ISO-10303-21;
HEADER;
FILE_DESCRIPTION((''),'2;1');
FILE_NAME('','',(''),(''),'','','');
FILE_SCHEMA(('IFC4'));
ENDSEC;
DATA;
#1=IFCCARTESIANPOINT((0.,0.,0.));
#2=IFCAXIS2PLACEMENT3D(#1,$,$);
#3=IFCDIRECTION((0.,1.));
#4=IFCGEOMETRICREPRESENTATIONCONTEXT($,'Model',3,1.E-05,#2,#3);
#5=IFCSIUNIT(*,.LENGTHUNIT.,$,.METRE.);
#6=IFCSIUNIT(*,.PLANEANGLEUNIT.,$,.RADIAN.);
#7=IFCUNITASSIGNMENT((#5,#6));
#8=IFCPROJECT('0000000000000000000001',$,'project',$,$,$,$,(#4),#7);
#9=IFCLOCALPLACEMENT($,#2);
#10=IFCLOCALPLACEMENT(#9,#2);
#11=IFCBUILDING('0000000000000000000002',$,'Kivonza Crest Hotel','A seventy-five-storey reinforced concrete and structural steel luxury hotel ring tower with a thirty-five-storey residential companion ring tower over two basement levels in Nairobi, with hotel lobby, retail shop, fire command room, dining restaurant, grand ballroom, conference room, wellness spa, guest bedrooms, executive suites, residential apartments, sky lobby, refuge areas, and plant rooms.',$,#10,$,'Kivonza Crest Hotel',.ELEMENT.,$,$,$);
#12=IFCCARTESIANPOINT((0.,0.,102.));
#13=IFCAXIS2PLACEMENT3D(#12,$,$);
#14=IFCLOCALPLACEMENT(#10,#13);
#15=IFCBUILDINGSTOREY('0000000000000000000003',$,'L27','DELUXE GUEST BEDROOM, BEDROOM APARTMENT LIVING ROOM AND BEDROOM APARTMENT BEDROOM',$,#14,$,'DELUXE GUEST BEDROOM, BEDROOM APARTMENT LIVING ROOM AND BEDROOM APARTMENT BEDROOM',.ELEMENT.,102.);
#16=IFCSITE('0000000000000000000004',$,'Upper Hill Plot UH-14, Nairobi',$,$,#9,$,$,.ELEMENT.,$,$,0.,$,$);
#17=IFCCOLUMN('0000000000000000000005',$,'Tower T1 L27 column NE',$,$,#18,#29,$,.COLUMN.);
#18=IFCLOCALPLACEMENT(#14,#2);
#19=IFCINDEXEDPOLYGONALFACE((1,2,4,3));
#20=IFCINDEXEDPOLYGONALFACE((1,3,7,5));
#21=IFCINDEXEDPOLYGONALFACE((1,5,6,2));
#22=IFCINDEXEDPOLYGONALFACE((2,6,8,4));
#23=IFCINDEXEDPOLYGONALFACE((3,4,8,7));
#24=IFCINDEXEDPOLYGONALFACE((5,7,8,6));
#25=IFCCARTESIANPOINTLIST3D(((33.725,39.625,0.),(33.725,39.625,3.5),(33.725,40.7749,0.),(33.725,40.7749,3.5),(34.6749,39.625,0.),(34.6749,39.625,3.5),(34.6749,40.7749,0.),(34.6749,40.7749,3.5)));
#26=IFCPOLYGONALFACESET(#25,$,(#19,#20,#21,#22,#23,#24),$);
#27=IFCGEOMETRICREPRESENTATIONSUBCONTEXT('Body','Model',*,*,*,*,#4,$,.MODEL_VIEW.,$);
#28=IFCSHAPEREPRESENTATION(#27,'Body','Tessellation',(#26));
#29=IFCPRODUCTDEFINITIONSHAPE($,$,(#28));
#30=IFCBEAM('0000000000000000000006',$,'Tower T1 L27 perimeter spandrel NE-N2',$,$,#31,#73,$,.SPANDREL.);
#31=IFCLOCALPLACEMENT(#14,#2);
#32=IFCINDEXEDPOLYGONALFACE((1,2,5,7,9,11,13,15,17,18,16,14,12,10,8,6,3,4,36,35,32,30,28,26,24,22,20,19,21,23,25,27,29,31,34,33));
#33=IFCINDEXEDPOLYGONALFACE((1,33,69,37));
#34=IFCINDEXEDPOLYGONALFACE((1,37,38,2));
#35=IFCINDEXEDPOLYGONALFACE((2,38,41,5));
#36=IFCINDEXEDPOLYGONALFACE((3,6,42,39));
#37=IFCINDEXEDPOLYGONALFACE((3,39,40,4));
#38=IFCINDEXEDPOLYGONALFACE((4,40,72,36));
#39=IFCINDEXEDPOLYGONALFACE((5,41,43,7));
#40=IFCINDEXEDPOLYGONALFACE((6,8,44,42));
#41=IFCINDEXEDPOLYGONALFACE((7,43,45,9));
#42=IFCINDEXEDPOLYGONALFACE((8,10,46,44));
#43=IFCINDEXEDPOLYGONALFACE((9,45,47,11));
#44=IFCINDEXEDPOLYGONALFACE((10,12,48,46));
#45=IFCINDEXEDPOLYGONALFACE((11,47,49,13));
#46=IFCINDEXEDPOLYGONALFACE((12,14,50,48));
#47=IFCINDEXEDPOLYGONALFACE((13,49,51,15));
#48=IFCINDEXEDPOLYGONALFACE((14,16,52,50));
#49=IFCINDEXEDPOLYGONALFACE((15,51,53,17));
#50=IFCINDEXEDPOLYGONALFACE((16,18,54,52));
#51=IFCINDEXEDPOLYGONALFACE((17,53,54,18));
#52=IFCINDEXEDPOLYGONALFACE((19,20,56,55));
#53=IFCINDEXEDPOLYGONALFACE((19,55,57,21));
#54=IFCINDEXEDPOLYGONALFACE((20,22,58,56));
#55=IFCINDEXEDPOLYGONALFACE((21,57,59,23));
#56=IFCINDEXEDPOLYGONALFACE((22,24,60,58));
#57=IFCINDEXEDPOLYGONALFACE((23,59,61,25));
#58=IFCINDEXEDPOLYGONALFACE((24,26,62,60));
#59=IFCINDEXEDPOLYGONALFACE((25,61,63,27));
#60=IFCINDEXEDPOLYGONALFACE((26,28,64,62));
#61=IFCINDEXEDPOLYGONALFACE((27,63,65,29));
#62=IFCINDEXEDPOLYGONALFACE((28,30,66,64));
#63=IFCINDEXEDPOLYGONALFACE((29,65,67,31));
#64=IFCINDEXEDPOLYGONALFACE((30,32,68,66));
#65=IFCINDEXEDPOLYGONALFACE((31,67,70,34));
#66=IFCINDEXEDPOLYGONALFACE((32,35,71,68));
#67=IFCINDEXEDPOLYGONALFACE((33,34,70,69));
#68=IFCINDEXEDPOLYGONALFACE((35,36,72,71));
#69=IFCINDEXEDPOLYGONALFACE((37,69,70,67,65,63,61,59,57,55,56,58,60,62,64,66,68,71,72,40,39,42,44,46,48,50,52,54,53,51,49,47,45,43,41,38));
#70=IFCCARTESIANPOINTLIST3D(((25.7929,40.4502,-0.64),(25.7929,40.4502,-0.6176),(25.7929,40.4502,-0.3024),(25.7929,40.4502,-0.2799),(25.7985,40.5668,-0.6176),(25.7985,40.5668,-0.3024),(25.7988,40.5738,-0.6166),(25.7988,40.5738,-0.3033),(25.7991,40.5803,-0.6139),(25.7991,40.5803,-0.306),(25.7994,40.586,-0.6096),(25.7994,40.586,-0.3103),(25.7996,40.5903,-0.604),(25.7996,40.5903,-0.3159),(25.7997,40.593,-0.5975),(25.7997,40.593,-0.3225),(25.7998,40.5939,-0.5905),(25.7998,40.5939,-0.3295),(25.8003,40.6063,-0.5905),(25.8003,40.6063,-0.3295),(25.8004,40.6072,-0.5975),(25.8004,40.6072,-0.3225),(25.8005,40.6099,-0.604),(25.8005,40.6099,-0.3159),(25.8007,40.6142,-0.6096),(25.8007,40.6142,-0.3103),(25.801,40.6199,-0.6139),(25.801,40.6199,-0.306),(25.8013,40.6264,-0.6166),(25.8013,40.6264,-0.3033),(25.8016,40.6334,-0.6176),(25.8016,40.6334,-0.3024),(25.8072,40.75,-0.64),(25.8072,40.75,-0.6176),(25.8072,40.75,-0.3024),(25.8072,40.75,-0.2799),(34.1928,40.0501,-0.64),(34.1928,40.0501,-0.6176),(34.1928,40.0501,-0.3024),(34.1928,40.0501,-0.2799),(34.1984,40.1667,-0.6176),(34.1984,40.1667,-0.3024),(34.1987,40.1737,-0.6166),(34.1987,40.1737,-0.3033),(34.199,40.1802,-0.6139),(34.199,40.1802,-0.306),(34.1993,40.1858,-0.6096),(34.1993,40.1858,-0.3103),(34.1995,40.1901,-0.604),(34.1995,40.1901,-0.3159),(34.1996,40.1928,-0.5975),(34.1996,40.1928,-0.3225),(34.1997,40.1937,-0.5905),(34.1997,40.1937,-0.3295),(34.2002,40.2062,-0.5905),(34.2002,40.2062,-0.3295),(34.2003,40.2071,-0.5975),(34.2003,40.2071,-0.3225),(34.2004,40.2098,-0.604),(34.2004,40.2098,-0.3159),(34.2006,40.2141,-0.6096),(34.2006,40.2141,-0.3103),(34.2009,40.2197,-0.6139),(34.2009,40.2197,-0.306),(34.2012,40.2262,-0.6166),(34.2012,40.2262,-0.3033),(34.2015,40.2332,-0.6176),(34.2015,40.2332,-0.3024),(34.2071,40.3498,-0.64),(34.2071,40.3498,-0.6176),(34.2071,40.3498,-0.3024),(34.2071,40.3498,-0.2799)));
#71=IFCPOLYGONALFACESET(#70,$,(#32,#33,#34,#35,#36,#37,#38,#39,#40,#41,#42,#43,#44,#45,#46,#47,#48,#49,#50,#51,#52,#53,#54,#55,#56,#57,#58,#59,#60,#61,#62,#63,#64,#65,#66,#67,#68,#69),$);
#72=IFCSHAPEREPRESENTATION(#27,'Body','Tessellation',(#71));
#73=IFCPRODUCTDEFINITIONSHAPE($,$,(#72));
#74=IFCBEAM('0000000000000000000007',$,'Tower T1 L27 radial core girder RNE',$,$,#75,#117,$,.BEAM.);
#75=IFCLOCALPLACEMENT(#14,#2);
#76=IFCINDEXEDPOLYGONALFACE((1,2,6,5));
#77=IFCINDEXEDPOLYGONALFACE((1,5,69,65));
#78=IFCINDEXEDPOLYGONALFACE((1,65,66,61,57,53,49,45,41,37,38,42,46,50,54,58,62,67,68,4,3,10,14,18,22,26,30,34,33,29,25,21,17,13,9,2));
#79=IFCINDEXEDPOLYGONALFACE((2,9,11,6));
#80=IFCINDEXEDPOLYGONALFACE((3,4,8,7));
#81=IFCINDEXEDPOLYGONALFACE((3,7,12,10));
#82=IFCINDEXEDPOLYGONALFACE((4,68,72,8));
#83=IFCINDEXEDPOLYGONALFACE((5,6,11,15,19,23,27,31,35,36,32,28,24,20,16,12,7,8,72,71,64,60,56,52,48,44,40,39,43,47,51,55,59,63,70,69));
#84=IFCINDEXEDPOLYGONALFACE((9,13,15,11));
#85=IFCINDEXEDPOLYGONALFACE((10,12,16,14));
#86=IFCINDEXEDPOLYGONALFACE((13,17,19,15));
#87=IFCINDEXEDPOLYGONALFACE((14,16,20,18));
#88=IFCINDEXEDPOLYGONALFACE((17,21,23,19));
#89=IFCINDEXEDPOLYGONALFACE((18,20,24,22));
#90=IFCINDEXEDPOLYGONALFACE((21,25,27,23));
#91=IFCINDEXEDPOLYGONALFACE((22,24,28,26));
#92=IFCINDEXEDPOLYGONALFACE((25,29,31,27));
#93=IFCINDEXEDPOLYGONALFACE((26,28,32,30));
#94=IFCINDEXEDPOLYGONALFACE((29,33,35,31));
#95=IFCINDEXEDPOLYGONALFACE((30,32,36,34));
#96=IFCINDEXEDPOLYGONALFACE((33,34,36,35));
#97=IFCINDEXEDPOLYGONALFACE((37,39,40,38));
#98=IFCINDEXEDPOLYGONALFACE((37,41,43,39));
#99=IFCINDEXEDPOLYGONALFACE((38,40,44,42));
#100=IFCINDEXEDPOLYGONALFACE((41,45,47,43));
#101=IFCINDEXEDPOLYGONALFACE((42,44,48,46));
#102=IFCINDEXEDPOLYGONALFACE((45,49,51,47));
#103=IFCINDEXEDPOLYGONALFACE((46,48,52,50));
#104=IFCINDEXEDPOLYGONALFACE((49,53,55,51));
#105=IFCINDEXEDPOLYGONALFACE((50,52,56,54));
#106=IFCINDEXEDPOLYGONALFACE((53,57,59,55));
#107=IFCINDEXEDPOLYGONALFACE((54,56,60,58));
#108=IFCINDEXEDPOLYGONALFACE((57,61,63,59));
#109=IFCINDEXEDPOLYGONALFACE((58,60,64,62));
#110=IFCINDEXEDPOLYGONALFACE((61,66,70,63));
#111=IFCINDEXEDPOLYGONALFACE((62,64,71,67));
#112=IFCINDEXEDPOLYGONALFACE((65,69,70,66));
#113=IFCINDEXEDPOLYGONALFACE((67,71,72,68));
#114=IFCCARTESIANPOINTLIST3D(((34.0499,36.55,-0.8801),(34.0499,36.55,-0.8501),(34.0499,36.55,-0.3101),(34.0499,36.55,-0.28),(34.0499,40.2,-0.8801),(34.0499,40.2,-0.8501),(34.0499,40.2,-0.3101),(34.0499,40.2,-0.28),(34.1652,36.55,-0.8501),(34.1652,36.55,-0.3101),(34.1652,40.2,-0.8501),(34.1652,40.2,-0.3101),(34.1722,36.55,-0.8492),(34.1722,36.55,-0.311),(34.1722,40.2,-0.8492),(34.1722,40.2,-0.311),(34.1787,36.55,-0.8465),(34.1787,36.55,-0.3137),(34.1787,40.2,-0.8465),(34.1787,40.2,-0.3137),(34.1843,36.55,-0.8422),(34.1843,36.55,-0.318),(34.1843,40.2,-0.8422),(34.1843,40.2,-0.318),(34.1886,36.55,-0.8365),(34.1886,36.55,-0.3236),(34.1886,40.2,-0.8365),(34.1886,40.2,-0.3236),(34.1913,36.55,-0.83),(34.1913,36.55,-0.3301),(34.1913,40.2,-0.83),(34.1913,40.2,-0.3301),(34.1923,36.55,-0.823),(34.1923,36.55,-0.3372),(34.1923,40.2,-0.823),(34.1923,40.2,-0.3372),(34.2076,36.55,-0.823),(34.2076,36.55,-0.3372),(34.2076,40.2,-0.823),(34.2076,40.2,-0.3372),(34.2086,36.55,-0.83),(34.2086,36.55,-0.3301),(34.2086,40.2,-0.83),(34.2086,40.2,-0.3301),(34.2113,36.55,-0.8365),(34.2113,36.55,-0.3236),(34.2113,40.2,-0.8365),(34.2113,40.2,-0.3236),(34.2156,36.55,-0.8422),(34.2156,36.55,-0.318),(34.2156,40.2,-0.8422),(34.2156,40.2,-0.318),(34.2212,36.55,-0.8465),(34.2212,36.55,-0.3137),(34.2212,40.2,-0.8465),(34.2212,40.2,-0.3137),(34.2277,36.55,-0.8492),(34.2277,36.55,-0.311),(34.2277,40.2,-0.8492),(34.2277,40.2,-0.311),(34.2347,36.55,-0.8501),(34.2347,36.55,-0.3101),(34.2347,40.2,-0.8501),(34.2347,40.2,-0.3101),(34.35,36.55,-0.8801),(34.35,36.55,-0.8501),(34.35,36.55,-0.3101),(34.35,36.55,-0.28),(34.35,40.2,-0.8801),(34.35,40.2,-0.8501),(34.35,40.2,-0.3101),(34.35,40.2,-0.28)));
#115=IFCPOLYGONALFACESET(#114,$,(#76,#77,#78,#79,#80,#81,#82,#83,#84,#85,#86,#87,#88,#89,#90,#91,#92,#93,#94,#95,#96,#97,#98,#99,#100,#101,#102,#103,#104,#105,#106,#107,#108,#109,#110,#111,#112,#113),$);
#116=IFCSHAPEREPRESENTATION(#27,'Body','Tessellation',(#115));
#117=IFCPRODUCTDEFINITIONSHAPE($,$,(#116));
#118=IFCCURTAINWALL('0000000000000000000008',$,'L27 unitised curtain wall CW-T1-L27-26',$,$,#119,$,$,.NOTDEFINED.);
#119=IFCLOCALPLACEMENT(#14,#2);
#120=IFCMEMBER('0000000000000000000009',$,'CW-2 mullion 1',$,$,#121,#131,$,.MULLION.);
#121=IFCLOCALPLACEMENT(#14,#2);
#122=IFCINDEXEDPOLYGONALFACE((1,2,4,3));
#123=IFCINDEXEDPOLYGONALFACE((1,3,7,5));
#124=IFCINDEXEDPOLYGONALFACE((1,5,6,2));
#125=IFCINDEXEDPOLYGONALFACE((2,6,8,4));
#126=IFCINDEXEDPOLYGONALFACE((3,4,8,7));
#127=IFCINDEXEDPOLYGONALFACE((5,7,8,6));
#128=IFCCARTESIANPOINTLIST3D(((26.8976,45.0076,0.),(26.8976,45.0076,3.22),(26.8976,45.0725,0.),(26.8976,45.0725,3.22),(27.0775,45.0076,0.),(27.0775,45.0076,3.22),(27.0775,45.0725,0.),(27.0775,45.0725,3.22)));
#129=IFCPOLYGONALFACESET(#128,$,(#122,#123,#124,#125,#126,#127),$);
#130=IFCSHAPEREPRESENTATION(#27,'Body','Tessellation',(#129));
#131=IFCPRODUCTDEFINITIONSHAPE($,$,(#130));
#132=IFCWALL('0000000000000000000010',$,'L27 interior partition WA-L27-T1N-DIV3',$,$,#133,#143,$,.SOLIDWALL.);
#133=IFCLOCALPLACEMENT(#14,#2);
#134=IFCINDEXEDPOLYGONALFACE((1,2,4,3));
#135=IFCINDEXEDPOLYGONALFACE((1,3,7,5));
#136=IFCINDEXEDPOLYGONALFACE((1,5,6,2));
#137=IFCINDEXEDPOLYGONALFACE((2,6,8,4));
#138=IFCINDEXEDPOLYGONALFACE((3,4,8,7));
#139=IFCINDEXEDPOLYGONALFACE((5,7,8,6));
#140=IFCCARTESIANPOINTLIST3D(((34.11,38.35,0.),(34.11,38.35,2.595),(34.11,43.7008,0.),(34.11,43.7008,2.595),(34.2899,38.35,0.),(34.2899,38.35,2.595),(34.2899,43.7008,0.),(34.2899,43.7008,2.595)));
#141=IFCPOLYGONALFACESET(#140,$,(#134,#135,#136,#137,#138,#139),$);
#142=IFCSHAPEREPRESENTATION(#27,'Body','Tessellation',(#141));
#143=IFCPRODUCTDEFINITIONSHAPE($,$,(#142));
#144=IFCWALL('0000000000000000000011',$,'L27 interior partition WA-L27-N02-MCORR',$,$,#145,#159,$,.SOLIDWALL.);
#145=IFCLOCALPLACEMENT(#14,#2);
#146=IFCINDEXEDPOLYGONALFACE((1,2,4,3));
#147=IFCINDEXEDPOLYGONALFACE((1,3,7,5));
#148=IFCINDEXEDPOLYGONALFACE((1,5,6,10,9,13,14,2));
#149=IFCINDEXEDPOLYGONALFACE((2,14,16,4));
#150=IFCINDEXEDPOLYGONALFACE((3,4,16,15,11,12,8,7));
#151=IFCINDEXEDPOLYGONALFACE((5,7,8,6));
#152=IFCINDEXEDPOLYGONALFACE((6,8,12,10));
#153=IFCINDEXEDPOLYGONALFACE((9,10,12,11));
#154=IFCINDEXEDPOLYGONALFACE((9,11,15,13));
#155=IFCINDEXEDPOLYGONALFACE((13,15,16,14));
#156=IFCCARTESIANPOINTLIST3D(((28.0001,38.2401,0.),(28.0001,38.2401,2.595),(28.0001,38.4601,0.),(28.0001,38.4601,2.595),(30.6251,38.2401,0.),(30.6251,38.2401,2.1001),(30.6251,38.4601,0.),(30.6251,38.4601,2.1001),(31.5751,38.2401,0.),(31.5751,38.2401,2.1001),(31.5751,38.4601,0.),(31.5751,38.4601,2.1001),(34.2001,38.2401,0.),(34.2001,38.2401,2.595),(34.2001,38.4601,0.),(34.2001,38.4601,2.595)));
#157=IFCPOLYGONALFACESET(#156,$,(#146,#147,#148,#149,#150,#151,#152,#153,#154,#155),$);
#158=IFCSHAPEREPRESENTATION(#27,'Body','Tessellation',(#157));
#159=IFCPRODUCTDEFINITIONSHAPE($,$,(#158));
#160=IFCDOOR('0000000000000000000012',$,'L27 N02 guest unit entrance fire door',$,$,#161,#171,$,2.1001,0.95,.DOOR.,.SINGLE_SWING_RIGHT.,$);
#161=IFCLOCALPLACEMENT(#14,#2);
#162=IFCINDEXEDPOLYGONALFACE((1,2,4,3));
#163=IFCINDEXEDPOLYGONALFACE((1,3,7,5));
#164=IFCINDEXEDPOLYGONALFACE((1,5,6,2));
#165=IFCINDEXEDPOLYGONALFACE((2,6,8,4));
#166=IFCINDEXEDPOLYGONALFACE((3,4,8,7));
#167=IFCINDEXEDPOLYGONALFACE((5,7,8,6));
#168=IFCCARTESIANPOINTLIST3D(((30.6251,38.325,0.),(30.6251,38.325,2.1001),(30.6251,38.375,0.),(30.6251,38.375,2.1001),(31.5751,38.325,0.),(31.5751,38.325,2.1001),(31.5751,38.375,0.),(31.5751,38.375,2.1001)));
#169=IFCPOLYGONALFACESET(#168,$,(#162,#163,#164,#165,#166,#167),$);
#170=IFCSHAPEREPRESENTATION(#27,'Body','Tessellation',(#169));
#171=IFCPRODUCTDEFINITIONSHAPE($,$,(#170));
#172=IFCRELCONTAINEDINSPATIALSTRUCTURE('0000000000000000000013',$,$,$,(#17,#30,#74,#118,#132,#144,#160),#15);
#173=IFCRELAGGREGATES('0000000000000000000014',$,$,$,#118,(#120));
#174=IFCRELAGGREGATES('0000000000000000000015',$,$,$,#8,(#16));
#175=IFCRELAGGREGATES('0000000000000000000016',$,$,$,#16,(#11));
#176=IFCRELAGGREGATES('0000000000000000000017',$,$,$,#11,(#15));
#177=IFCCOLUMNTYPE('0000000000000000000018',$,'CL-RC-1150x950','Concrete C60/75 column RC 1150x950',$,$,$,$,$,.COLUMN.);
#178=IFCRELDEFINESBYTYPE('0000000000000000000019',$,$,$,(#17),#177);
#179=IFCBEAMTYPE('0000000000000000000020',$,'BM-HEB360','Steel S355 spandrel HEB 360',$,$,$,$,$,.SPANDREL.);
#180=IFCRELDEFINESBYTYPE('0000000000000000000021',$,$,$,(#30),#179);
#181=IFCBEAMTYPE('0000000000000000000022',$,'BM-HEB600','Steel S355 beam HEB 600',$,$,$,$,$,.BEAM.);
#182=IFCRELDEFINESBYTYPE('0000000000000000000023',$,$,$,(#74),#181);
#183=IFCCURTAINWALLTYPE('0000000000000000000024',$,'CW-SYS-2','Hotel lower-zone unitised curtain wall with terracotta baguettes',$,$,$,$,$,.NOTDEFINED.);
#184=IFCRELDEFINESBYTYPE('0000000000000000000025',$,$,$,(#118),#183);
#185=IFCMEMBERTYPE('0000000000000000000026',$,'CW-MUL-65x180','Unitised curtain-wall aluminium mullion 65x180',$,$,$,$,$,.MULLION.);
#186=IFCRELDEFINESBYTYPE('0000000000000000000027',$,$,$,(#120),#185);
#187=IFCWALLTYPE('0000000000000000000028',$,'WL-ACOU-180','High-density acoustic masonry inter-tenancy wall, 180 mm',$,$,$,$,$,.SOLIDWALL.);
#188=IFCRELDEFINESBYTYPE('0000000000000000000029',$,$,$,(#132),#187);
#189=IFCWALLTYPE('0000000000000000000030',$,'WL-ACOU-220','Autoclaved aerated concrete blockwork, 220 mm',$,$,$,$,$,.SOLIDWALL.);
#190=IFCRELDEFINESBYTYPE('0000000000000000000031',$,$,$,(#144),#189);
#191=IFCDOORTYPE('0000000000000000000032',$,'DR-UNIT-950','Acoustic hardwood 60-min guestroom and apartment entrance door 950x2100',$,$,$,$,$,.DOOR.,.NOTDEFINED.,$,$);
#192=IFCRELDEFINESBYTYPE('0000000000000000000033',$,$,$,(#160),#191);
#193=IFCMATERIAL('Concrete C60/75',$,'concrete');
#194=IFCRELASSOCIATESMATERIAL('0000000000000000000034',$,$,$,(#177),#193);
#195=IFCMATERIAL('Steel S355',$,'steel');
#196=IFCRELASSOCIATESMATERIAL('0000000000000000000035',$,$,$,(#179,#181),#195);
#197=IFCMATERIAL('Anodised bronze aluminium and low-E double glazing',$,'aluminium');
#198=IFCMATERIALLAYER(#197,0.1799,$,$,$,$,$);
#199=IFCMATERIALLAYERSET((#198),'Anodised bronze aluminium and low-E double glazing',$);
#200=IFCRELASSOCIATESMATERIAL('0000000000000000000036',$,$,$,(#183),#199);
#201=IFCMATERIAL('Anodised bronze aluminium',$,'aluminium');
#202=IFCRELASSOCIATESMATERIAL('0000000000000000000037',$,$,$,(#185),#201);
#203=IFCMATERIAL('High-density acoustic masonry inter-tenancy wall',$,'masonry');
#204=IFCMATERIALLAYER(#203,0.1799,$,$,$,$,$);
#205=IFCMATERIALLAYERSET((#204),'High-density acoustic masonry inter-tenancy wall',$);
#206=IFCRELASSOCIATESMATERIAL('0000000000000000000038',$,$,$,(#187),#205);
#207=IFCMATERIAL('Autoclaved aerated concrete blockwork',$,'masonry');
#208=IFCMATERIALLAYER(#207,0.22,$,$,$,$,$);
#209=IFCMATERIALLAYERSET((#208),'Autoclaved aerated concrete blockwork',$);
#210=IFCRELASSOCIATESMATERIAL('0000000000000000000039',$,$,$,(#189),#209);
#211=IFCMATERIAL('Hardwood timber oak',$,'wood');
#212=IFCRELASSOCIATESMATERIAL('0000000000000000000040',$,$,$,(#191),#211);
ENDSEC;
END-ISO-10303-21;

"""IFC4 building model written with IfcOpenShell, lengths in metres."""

from ifc_helpers import new_model, si_unit, direction, frame, frame_2d, origin, origin_2d, place, context, subcontext, project, spatial, rectangle, i_section, extrude, material, layer, layer_set, material_profile, profile_set, type_object, element, fill, aggregate, save


model = new_model("IFC4")

# Units and contexts
model_context = context("Model", 3, precision=1e-05, world=origin(), true_north=direction((0.0, 1.0)))
body_context = subcontext(model_context, "Body", "Model", "MODEL_VIEW")
ifc_project = project(units=[si_unit("LENGTHUNIT", "METRE"), si_unit("PLANEANGLEUNIT", "RADIAN")], contexts=[model_context])

# Site, building, storey
site_placement = place(None, origin())
site = spatial("IfcSite", under=ifc_project, at=site_placement, Name="Upper Hill Plot UH-14, Nairobi", CompositionType="ELEMENT", RefElevation=0.0)
building_placement = place(site_placement, origin())
building = spatial("IfcBuilding", under=site, at=building_placement, Name="Kivonza Crest Hotel", Description="A seventy-five-storey reinforced concrete and structural steel luxury hotel ring tower with a thirty-five-storey residential companion ring tower over two basement levels in Nairobi, with hotel lobby, retail shop, fire command room, dining restaurant, grand ballroom, conference room, wellness spa, guest bedrooms, executive suites, residential apartments, sky lobby, refuge areas, and plant rooms.", LongName="Kivonza Crest Hotel", CompositionType="ELEMENT")
storey_placement = place(building_placement, frame((0.0, 0.0, 102.0)))
storey = spatial("IfcBuildingStorey", under=building, at=storey_placement, Name="L27", Description="DELUXE GUEST BEDROOM, BEDROOM APARTMENT LIVING ROOM AND BEDROOM APARTMENT BEDROOM", LongName="DELUXE GUEST BEDROOM, BEDROOM APARTMENT LIVING ROOM AND BEDROOM APARTMENT BEDROOM", CompositionType="ELEMENT", Elevation=102.0)

# Column
ifc_material_1 = material(Name="Concrete C60/75", Category="concrete")
ifc_material_profile_1 = material_profile(ifc_material_1, rectangle(XDim=0.95, YDim=1.1499, at=origin_2d()), Name="RC 1150x950")
ifc_profile_set_1 = profile_set([ifc_material_profile_1], Name="Concrete C60/75")
column_type = type_object("IfcColumnType", Name="CL-RC-1150x950", Description="Concrete C60/75 column RC 1150x950", PredefinedType="COLUMN", material=ifc_profile_set_1)
column_placement = place(storey_placement, frame((34.2, 40.2, 0.0), z_axis=(0.0, 0.0, 1.0), x_axis=(1.0, 0.0, 0.0)))
element("IfcColumn", 1, at=column_placement, inside=storey, type_object=column_type, Name="Tower T1 L27 column NE", PredefinedType="COLUMN", context=body_context, shape_type="SweptSolid", body=[
    extrude(rectangle(XDim=0.95, YDim=1.1499, at=origin_2d()), origin(), (0.0, 0.0, 1.0), 3.5),
])

# Beams
ifc_material_2 = material(Name="Steel S355", Category="steel")
ifc_material_profile_2 = material_profile(ifc_material_2, i_section(OverallWidth=0.3, OverallDepth=0.3601, WebThickness=0.0125, FlangeThickness=0.0225, FilletRadius=0.0271, at=origin_2d()), Name="HEB 360")
ifc_profile_set_2 = profile_set([ifc_material_profile_2], Name="Steel S355")
beam_type_1 = type_object("IfcBeamType", Name="BM-HEB360", Description="Steel S355 spandrel HEB 360", PredefinedType="SPANDREL", material=ifc_profile_set_2)
beam_1_placement = place(storey_placement, frame((34.2, 40.2, -0.46), z_axis=(-0.998867, 0.047583, 0.0), x_axis=(-0.047583, -0.998867, 0.0)))
element("IfcBeam", 2, at=beam_1_placement, inside=storey, type_object=beam_type_1, Name="Tower T1 L27 perimeter spandrel NE-N2", PredefinedType="SPANDREL", context=body_context, shape_type="SweptSolid", body=[
    extrude(i_section(OverallWidth=0.3, OverallDepth=0.3601, WebThickness=0.0125, FlangeThickness=0.0225, FilletRadius=0.0271, at=origin_2d()), origin(), (0.0, 0.0, 1.0), 8.4094),
])
ifc_material_profile_3 = material_profile(ifc_material_2, i_section(OverallWidth=0.3, OverallDepth=0.6001, WebThickness=0.0154, FlangeThickness=0.03, FilletRadius=0.0271, at=origin_2d()), Name="HEB 600")
ifc_profile_set_3 = profile_set([ifc_material_profile_3], Name="Steel S355")
beam_type_2 = type_object("IfcBeamType", Name="BM-HEB600", Description="Steel S355 beam HEB 600", PredefinedType="BEAM", material=ifc_profile_set_3)
beam_2_placement = place(storey_placement, frame((34.2, 40.2, -0.5801), z_axis=(0.0, -1.0, 0.0), x_axis=(1.0, 0.0, 0.0)))
element("IfcBeam", 3, at=beam_2_placement, inside=storey, type_object=beam_type_2, Name="Tower T1 L27 radial core girder RNE", PredefinedType="BEAM", context=body_context, shape_type="SweptSolid", body=[
    extrude(i_section(OverallWidth=0.3, OverallDepth=0.6001, WebThickness=0.0154, FlangeThickness=0.03, FilletRadius=0.0271, at=origin_2d()), origin(), (0.0, 0.0, 1.0), 3.6499),
])

# Curtain wall, member
ifc_material_3 = material(Name="Anodised bronze aluminium and low-E double glazing", Category="aluminium")
ifc_layer_1 = layer(ifc_material_3, 0.1799)
ifc_layer_set_1 = layer_set([ifc_layer_1], Name="Anodised bronze aluminium and low-E double glazing")
curtain_wall_type = type_object("IfcCurtainWallType", Name="CW-SYS-2", Description="Hotel lower-zone unitised curtain wall with terracotta baguettes", PredefinedType="NOTDEFINED", material=ifc_layer_set_1)
curtain_wall_placement = place(storey_placement, origin())
curtain_wall = element("IfcCurtainWall", 4, at=curtain_wall_placement, inside=storey, type_object=curtain_wall_type, Name="L27 unitised curtain wall CW-T1-L27-26", PredefinedType="NOTDEFINED")
ifc_material_4 = material(Name="Anodised bronze aluminium", Category="aluminium")
ifc_material_profile_4 = material_profile(ifc_material_4, rectangle(XDim=0.0649, YDim=0.1799, at=origin_2d()), Name="CW-M 65x180")
ifc_profile_set_4 = profile_set([ifc_material_profile_4], Name="Anodised bronze aluminium")
member_type = type_object("IfcMemberType", Name="CW-MUL-65x180", Description="Unitised curtain-wall aluminium mullion 65x180", PredefinedType="MULLION", material=ifc_profile_set_4)
member_placement = place(storey_placement, frame((26.9875, 45.04, 0.0), z_axis=(0.0, 0.0, 1.0), x_axis=(0.0, -1.0, 0.0)))
member = element("IfcMember", 5, at=member_placement, type_object=member_type, Name="CW-2 mullion 1", PredefinedType="MULLION", context=body_context, shape_type="SweptSolid", body=[
    extrude(rectangle(XDim=0.0649, YDim=0.1799, at=origin_2d()), origin(), (0.0, 0.0, 1.0), 3.22),
])
aggregate(curtain_wall, [member])

# Wall
ifc_material_5 = material(Name="High-density acoustic masonry inter-tenancy wall", Category="masonry")
ifc_layer_2 = layer(ifc_material_5, 0.1799)
ifc_layer_set_2 = layer_set([ifc_layer_2], Name="High-density acoustic masonry inter-tenancy wall")
wall_type_1 = type_object("IfcWallType", Name="WL-ACOU-180", Description="High-density acoustic masonry inter-tenancy wall, 180 mm", PredefinedType="SOLIDWALL", material=ifc_layer_set_2)
wall_1_placement = place(storey_placement, frame((34.2, 38.3501, 0.0), z_axis=(0.0, 0.0, 1.0), x_axis=(0.0, 1.0, 0.0)))
element("IfcWall", 6, at=wall_1_placement, inside=storey, type_object=wall_type_1, Name="L27 interior partition WA-L27-T1N-DIV3", PredefinedType="SOLIDWALL", context=body_context, shape_type="SweptSolid", body=[
    extrude(rectangle(XDim=5.3508, YDim=0.1799, at=frame_2d((2.6753, 0.0))), origin(), (0.0, 0.0, 1.0), 2.595),
])

# Wall, opening, door
ifc_material_6 = material(Name="Autoclaved aerated concrete blockwork", Category="masonry")
ifc_layer_3 = layer(ifc_material_6, 0.22)
ifc_layer_set_3 = layer_set([ifc_layer_3], Name="Autoclaved aerated concrete blockwork")
wall_type_2 = type_object("IfcWallType", Name="WL-ACOU-220", Description="Autoclaved aerated concrete blockwork, 220 mm", PredefinedType="SOLIDWALL", material=ifc_layer_set_3)
wall_2_placement = place(storey_placement, frame((28.0, 38.3501, 0.0), z_axis=(0.0, 0.0, 1.0), x_axis=(1.0, 0.0, 0.0)))
wall_2 = element("IfcWall", 7, at=wall_2_placement, inside=storey, type_object=wall_type_2, Name="L27 interior partition WA-L27-N02-MCORR", PredefinedType="SOLIDWALL", context=body_context, shape_type="SweptSolid", body=[
    extrude(rectangle(XDim=6.2, YDim=0.22, at=frame_2d((3.1001, 0.0))), origin(), (0.0, 0.0, 1.0), 2.595),
])
opening_1_placement = place(wall_2_placement, frame((2.625, 0.0, 0.0)))
opening_1 = element("IfcOpeningElement", 8, at=opening_1_placement, cuts=wall_2, PredefinedType="OPENING", context=body_context, shape_type="SweptSolid", body=[
    extrude(rectangle(XDim=0.95, YDim=2.1001, at=frame_2d((0.4751, 1.05))), frame((0.0, 0.1201, 0.0), z_axis=(0.0, -1.0, 0.0), x_axis=(1.0, 0.0, 0.0)), (0.0, 0.0, 1.0), 0.24),
])
ifc_material_7 = material(Name="Hardwood timber oak", Category="wood")
door_type_1 = type_object("IfcDoorType", Name="DR-UNIT-950", Description="Acoustic hardwood 60-min guestroom and apartment entrance door 950x2100", OperationType="NOTDEFINED", PredefinedType="DOOR", material=ifc_material_7)
door_1_placement = place(opening_1_placement, origin())
door_1 = element("IfcDoor", 9, at=door_1_placement, inside=storey, type_object=door_type_1, Name="L27 N02 guest unit entrance fire door", OperationType="SINGLE_SWING_RIGHT", OverallHeight=2.1001, OverallWidth=0.95, PredefinedType="DOOR", context=body_context, shape_type="SweptSolid", body=[
    extrude(rectangle(XDim=0.95, YDim=2.1001, at=frame_2d((0.4751, 1.05))), frame((0.0, 0.0249, 0.0), z_axis=(0.0, -1.0, 0.0), x_axis=(1.0, 0.0, 0.0)), (0.0, 0.0, 1.0), 0.05),
])
fill(opening_1, door_1)

save(model, "model.ifc")
